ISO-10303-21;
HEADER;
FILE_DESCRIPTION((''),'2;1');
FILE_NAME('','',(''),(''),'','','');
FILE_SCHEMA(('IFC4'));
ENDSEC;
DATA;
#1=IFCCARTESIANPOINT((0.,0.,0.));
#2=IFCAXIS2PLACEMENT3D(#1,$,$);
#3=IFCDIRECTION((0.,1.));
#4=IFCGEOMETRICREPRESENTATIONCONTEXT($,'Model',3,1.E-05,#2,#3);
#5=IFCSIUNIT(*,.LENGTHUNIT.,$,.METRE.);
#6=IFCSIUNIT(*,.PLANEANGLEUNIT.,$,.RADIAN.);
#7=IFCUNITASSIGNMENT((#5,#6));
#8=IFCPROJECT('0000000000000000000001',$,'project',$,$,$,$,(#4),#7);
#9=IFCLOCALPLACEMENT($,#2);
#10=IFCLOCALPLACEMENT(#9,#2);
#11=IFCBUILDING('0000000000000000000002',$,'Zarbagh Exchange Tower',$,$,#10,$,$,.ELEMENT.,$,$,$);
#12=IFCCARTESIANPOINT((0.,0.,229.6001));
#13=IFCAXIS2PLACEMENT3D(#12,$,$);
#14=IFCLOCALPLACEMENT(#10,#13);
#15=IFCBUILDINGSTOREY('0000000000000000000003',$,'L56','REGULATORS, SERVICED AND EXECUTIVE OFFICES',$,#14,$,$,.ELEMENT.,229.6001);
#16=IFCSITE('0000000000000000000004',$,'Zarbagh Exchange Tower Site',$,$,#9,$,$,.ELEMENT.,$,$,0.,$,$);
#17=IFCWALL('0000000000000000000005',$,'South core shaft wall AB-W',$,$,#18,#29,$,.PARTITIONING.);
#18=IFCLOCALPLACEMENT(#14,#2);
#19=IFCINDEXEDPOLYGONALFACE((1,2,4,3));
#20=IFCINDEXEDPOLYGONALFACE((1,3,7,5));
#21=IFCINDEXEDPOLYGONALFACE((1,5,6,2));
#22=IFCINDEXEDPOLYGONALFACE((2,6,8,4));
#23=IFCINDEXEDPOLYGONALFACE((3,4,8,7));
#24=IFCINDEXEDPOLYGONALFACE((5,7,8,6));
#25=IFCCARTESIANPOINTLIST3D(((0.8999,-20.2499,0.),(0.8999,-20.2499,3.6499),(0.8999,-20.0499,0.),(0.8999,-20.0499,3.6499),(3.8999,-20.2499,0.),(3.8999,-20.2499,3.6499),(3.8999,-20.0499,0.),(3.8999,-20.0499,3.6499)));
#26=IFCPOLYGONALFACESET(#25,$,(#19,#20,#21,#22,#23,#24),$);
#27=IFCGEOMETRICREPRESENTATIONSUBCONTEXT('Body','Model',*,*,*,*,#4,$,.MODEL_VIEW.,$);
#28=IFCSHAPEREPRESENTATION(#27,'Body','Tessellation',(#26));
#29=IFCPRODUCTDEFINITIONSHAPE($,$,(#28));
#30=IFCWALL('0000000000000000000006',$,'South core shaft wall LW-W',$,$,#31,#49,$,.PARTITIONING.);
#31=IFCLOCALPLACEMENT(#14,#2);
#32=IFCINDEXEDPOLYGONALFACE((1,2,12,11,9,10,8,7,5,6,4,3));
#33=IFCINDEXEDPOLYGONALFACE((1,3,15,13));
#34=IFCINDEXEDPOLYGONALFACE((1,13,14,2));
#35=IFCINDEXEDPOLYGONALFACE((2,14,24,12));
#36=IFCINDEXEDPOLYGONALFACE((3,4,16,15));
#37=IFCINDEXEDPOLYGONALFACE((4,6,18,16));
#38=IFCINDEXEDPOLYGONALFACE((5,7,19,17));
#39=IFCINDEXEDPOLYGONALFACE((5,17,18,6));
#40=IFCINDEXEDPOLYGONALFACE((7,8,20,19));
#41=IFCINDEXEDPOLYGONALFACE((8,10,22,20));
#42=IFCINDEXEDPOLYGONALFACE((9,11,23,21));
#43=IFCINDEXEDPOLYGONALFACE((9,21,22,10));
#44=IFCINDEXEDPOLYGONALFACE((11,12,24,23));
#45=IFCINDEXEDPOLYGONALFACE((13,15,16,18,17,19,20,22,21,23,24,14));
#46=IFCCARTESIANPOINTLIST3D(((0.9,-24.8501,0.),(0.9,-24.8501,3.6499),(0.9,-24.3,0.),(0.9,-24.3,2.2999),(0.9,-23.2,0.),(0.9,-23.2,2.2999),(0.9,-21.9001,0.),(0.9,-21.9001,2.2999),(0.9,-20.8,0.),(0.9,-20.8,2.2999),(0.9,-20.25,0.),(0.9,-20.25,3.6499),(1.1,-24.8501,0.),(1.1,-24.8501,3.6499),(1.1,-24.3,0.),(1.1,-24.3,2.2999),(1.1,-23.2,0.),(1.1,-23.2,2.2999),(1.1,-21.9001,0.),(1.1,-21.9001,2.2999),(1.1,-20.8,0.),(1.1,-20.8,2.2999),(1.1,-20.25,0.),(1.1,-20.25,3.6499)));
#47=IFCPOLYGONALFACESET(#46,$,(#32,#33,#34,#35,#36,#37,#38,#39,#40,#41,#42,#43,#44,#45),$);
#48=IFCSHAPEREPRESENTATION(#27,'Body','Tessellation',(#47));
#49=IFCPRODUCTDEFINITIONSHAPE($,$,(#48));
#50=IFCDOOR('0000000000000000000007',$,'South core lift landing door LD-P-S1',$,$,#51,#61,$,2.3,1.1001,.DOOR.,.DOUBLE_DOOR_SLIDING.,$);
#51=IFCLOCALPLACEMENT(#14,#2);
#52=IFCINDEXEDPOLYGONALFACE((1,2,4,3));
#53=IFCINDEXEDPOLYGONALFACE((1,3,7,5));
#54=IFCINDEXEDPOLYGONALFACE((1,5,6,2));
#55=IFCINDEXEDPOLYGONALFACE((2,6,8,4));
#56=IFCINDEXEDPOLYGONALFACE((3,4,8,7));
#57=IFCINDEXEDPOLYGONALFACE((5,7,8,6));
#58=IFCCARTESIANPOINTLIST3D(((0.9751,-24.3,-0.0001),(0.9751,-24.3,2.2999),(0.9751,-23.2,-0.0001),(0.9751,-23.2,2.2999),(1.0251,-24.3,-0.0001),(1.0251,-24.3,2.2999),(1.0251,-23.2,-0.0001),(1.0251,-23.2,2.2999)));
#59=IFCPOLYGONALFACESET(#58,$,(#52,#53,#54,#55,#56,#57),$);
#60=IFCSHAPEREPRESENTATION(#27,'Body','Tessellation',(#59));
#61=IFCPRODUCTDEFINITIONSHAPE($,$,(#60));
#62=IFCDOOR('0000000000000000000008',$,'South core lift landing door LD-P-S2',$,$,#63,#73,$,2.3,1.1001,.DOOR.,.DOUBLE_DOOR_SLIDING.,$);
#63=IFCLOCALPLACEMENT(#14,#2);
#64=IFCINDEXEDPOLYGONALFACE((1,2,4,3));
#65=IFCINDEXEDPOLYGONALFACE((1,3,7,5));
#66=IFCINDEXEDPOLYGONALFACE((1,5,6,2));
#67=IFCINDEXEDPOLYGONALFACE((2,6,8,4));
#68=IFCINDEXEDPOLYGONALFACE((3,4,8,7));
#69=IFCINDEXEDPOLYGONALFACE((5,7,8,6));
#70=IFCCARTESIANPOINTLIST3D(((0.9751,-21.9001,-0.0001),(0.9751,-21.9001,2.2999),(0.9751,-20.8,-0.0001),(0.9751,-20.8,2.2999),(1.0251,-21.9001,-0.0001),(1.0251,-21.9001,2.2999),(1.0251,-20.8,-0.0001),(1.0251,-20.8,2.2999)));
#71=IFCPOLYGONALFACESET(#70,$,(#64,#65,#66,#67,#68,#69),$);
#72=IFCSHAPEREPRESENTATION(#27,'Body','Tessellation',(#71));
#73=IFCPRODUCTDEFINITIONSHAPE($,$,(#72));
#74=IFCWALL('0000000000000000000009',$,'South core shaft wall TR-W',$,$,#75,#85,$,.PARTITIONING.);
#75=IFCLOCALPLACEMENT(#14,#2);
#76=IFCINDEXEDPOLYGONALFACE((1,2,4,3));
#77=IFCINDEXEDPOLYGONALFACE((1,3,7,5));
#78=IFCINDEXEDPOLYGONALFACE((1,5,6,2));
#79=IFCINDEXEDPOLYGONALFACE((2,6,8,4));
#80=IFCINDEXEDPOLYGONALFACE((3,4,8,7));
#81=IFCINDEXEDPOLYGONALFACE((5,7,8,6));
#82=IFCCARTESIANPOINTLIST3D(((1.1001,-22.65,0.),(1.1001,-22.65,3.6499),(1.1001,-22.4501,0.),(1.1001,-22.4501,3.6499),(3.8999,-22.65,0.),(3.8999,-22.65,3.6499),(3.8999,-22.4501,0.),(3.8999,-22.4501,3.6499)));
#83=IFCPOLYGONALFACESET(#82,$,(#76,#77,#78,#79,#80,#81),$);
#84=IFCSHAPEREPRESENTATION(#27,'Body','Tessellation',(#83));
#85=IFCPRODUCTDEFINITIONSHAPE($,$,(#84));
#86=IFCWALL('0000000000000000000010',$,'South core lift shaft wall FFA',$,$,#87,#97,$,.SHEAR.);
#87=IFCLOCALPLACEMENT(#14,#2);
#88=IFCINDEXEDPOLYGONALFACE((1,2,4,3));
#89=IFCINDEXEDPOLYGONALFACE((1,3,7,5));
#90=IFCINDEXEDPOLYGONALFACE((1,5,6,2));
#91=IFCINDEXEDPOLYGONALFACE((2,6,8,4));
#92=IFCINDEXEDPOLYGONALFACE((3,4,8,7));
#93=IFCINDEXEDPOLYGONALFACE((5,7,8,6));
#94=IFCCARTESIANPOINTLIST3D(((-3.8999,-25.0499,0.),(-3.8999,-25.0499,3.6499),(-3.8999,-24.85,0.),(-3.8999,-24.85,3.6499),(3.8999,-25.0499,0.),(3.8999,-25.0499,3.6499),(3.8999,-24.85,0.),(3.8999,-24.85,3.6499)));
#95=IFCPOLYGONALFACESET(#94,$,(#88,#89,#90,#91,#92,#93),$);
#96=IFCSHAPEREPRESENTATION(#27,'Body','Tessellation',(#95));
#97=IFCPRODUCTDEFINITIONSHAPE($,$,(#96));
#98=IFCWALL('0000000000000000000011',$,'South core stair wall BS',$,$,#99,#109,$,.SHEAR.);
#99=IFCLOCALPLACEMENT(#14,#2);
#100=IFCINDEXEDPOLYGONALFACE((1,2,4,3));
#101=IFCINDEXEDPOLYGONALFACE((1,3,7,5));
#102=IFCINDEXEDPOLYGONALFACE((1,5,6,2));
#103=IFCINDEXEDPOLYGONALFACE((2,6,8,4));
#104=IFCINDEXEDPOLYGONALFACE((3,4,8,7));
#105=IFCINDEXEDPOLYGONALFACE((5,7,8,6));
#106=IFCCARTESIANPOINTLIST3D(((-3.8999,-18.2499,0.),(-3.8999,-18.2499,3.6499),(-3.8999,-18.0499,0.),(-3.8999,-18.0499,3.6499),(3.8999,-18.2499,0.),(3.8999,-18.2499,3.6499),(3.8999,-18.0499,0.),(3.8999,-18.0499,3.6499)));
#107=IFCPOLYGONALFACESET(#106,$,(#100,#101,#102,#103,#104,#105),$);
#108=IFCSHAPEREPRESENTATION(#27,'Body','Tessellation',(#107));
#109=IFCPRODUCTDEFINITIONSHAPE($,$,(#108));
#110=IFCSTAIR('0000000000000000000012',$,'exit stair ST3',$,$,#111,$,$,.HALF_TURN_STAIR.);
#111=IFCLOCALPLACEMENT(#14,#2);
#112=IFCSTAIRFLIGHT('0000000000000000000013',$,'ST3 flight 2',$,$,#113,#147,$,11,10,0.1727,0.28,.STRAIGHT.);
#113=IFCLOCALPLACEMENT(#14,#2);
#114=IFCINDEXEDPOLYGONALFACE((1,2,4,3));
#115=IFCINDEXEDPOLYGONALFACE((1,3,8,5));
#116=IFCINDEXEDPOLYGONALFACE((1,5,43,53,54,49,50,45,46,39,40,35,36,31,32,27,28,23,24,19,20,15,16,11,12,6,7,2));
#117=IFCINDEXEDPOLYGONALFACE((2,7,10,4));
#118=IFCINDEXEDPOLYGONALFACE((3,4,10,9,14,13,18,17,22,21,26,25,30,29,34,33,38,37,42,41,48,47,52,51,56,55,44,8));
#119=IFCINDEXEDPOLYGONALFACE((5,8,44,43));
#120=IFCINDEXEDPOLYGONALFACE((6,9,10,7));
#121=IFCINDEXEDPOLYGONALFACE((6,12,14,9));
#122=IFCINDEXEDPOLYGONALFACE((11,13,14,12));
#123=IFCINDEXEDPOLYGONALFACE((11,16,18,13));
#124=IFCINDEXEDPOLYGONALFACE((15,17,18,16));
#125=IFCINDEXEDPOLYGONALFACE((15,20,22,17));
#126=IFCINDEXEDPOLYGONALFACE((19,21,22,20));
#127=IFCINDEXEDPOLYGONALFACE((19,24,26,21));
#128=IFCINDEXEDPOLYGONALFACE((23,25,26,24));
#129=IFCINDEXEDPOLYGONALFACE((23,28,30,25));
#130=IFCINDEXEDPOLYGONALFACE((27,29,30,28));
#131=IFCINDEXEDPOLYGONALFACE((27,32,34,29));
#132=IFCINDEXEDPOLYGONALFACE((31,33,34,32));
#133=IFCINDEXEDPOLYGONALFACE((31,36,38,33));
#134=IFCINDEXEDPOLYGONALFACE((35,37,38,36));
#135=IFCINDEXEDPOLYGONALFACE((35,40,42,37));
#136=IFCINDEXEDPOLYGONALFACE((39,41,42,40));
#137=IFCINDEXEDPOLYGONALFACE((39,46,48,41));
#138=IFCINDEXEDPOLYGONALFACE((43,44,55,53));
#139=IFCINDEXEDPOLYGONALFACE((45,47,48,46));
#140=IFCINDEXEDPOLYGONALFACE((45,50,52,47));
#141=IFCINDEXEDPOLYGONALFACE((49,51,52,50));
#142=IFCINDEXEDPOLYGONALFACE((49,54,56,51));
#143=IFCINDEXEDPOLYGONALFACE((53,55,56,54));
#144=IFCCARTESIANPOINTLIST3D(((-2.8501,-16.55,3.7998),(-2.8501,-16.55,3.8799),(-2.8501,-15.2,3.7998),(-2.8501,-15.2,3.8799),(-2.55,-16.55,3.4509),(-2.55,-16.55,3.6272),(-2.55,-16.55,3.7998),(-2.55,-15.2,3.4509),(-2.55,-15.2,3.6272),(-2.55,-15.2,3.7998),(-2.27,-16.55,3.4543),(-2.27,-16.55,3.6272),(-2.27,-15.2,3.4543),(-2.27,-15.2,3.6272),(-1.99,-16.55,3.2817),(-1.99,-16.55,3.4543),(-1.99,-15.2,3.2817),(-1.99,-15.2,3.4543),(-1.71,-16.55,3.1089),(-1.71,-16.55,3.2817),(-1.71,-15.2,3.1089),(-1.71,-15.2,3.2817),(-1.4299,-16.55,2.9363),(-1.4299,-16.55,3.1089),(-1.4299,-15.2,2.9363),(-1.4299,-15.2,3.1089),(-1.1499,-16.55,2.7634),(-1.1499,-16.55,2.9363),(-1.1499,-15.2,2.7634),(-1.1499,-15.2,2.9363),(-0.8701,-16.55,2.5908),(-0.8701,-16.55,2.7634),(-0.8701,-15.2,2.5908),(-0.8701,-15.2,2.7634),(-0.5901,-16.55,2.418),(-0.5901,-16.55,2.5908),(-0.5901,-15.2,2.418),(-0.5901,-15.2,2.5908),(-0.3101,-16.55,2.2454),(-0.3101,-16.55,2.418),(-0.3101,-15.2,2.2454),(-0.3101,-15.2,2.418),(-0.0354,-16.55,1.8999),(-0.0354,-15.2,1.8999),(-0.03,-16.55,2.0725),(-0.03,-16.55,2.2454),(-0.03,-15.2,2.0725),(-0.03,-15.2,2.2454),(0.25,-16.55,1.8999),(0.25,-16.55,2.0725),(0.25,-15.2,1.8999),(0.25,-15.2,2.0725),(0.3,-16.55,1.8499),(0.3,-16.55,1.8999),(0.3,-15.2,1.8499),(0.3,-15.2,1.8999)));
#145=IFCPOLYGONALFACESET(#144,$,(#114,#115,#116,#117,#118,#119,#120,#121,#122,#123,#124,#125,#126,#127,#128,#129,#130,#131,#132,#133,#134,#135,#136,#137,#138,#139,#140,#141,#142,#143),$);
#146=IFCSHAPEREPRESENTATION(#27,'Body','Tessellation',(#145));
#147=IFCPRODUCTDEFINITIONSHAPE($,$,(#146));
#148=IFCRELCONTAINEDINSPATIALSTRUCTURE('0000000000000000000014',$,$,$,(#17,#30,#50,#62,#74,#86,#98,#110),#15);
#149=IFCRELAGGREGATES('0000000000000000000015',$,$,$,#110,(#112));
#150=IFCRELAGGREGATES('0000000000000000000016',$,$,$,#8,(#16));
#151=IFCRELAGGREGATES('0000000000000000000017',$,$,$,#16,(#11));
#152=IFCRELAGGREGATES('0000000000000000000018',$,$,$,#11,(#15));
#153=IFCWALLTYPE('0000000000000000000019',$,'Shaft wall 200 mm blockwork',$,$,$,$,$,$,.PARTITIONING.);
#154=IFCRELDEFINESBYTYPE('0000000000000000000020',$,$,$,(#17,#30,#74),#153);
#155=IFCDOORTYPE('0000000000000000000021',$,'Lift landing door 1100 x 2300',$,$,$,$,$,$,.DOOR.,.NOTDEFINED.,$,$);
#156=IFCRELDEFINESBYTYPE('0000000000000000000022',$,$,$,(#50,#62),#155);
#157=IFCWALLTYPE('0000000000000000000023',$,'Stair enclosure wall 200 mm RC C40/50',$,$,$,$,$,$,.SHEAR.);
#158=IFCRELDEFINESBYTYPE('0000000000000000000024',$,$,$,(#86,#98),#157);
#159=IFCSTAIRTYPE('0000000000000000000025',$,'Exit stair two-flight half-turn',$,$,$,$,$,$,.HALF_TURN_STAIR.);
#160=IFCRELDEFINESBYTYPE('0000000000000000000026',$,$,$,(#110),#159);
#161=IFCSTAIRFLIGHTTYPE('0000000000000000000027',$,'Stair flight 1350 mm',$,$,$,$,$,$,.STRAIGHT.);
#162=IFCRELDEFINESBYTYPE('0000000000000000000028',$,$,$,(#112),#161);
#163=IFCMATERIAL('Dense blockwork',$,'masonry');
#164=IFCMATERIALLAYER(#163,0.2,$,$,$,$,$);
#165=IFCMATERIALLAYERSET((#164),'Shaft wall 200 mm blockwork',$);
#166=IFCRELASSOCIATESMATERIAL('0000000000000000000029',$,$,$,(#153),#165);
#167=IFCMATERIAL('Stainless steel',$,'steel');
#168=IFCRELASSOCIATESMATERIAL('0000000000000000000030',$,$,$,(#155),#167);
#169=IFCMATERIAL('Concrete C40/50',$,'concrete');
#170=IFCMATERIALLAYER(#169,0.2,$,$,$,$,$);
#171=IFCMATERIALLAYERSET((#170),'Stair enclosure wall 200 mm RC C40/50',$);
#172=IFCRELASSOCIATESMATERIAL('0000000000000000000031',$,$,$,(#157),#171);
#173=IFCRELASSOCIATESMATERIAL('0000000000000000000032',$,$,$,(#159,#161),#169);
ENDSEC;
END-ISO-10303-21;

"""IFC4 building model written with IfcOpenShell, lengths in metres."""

from ifc_helpers import new_model, si_unit, direction, frame, frame_2d, origin, place, context, subcontext, project, spatial, polyline, rectangle, outline, extrude, material, layer, layer_set, type_object, element, fill, aggregate, save


model = new_model("IFC4")

# Units and contexts
model_context = context("Model", 3, precision=1e-05, world=origin(), true_north=direction((0.0, 1.0)))
body_context = subcontext(model_context, "Body", "Model", "MODEL_VIEW")
ifc_project = project(units=[si_unit("LENGTHUNIT", "METRE"), si_unit("PLANEANGLEUNIT", "RADIAN")], contexts=[model_context])

# Site, building, storey
site_placement = place(None, origin())
site = spatial("IfcSite", under=ifc_project, at=site_placement, Name="Zarbagh Exchange Tower Site", CompositionType="ELEMENT", RefElevation=0.0)
building_placement = place(site_placement, origin())
building = spatial("IfcBuilding", under=site, at=building_placement, Name="Zarbagh Exchange Tower", CompositionType="ELEMENT")
storey_placement = place(building_placement, frame((0.0, 0.0, 229.6001)))
storey = spatial("IfcBuildingStorey", under=building, at=storey_placement, Name="L56", Description="REGULATORS, SERVICED AND EXECUTIVE OFFICES", CompositionType="ELEMENT", Elevation=229.6001)

# Wall
ifc_material_1 = material(Name="Dense blockwork", Category="masonry")
ifc_layer_1 = layer(ifc_material_1, 0.2)
ifc_layer_set_1 = layer_set([ifc_layer_1], Name="Shaft wall 200 mm blockwork")
wall_type_1 = type_object("IfcWallType", Name="Shaft wall 200 mm blockwork", PredefinedType="PARTITIONING", material=ifc_layer_set_1)
wall_1_placement = place(storey_placement, frame((3.8999, -20.1499, 0.0), z_axis=(0.0, 0.0, 1.0), x_axis=(-1.0, 0.0, 0.0)))
element("IfcWall", 1, at=wall_1_placement, inside=storey, type_object=wall_type_1, Name="South core shaft wall AB-W", PredefinedType="PARTITIONING", context=body_context, shape_type="SweptSolid", body=[
    extrude(rectangle(XDim=3.0, YDim=0.2, at=frame_2d((1.5, 0.0))), origin(), (0.0, 0.0, 1.0), 3.6499),
])

# Wall, openings, doors
wall_2_placement = place(storey_placement, frame((1.0, -24.8501, 0.0), z_axis=(0.0, 0.0, 1.0), x_axis=(0.0, 1.0, 0.0)))
wall_2 = element("IfcWall", 2, at=wall_2_placement, inside=storey, type_object=wall_type_1, Name="South core shaft wall LW-W", PredefinedType="PARTITIONING", context=body_context, shape_type="SweptSolid", body=[
    extrude(rectangle(XDim=4.6001, YDim=0.2, at=frame_2d((2.3, 0.0))), origin(), (0.0, 0.0, 1.0), 3.6499),
])
opening_1_placement = place(wall_2_placement, frame((0.55, 0.0, 0.0)))
opening_1 = element("IfcOpeningElement", 3, at=opening_1_placement, cuts=wall_2, PredefinedType="OPENING", context=body_context, shape_type="SweptSolid", body=[
    extrude(rectangle(XDim=1.1001, YDim=2.3, at=frame_2d((0.55, 1.1499))), frame((0.0, 0.1099, 0.0), z_axis=(0.0, -1.0, 0.0), x_axis=(1.0, 0.0, 0.0)), (0.0, 0.0, 1.0), 0.22),
])
opening_2_placement = place(wall_2_placement, frame((2.95, 0.0, 0.0)))
opening_2 = element("IfcOpeningElement", 4, at=opening_2_placement, cuts=wall_2, PredefinedType="OPENING", context=body_context, shape_type="SweptSolid", body=[
    extrude(rectangle(XDim=1.1001, YDim=2.3, at=frame_2d((0.55, 1.1499))), frame((0.0, 0.1099, 0.0), z_axis=(0.0, -1.0, 0.0), x_axis=(1.0, 0.0, 0.0)), (0.0, 0.0, 1.0), 0.22),
])
ifc_material_2 = material(Name="Stainless steel", Category="steel")
door_type_1 = type_object("IfcDoorType", Name="Lift landing door 1100 x 2300", OperationType="NOTDEFINED", PredefinedType="DOOR", material=ifc_material_2)
door_1_placement = place(opening_1_placement, origin())
door_1 = element("IfcDoor", 5, at=door_1_placement, inside=storey, type_object=door_type_1, Name="South core lift landing door LD-P-S1", OperationType="DOUBLE_DOOR_SLIDING", OverallHeight=2.3, OverallWidth=1.1001, PredefinedType="DOOR", context=body_context, shape_type="SweptSolid", body=[
    extrude(rectangle(XDim=1.1001, YDim=2.3, at=frame_2d((0.55, 1.1499))), frame((0.0, 0.0249, 0.0), z_axis=(0.0, -1.0, 0.0), x_axis=(1.0, 0.0, 0.0)), (0.0, 0.0, 1.0), 0.05),
])
fill(opening_1, door_1)
door_2_placement = place(opening_2_placement, origin())
door_2 = element("IfcDoor", 6, at=door_2_placement, inside=storey, type_object=door_type_1, Name="South core lift landing door LD-P-S2", OperationType="DOUBLE_DOOR_SLIDING", OverallHeight=2.3, OverallWidth=1.1001, PredefinedType="DOOR", context=body_context, shape_type="SweptSolid", body=[
    extrude(rectangle(XDim=1.1001, YDim=2.3, at=frame_2d((0.55, 1.1499))), frame((0.0, 0.0249, 0.0), z_axis=(0.0, -1.0, 0.0), x_axis=(1.0, 0.0, 0.0)), (0.0, 0.0, 1.0), 0.05),
])
fill(opening_2, door_2)

# Walls
wall_3_placement = place(storey_placement, frame((3.8999, -22.55, 0.0), z_axis=(0.0, 0.0, 1.0), x_axis=(-1.0, 0.0, 0.0)))
element("IfcWall", 7, at=wall_3_placement, inside=storey, type_object=wall_type_1, Name="South core shaft wall TR-W", PredefinedType="PARTITIONING", context=body_context, shape_type="SweptSolid", body=[
    extrude(rectangle(XDim=2.7998, YDim=0.2, at=frame_2d((1.3999, 0.0))), origin(), (0.0, 0.0, 1.0), 3.6499),
])
ifc_material_3 = material(Name="Concrete C40/50", Category="concrete")
ifc_layer_2 = layer(ifc_material_3, 0.2)
ifc_layer_set_2 = layer_set([ifc_layer_2], Name="Stair enclosure wall 200 mm RC C40/50")
wall_type_2 = type_object("IfcWallType", Name="Stair enclosure wall 200 mm RC C40/50", PredefinedType="SHEAR", material=ifc_layer_set_2)
for number, where, z_axis, x_axis, name in (
    (8, (3.8999, -24.95, 0.0), (0.0, 0.0, 1.0), (-1.0, 0.0, 0.0), "South core lift shaft wall FFA"),
    (9, (3.8999, -18.1499, 0.0), (0.0, 0.0, 1.0), (-1.0, 0.0, 0.0), "South core stair wall BS"),
):
    element("IfcWall", number, at=place(storey_placement, frame(where, z_axis=z_axis, x_axis=x_axis)), inside=storey, type_object=wall_type_2, Name=name, PredefinedType="SHEAR", context=body_context, shape_type="SweptSolid", body=[
        extrude(rectangle(XDim=7.7998, YDim=0.2, at=frame_2d((3.8999, 0.0))), origin(), (0.0, 0.0, 1.0), 3.6499),
    ])

# Stair, stair flight
stair_type = type_object("IfcStairType", Name="Exit stair two-flight half-turn", PredefinedType="HALF_TURN_STAIR", material=ifc_material_3)
stair_1_placement = place(storey_placement, origin())
stair_1 = element("IfcStair", 10, at=stair_1_placement, inside=storey, type_object=stair_type, Name="exit stair ST3", PredefinedType="HALF_TURN_STAIR")
stair_flight_type_1 = type_object("IfcStairFlightType", Name="Stair flight 1350 mm", PredefinedType="STRAIGHT", material=ifc_material_3)
stair_flight_1_placement = place(storey_placement, frame((0.25, -15.875, 1.8999), z_axis=(0.0, 0.0, 1.0), x_axis=(-1.0, 0.0, 0.0)))
stair_flight_1 = element("IfcStairFlight", 11, at=stair_flight_1_placement, type_object=stair_flight_type_1, Name="ST3 flight 2", NumberOfRisers=11, NumberOfTreads=10, PredefinedType="STRAIGHT", RiserHeight=0.1727, TreadLength=0.28, context=body_context, shape_type="SweptSolid", body=[
    extrude(outline(polyline([(-0.05, -0.05), (-0.05, 0.0), (0.0, 0.0), (0.0, 0.1726), (0.28, 0.1726), (0.28, 0.3455), (0.5601, 0.3455), (0.5601, 0.5181), (0.8401, 0.5181), (0.8401, 0.6909), (1.1201, 0.6909), (1.1201, 0.8635), (1.3999, 0.8635), (1.3999, 1.0364), (1.6799, 1.0364), (1.6799, 1.209), (1.96, 1.209), (1.96, 1.3818), (2.24, 1.3818), (2.24, 1.5544), (2.52, 1.5544), (2.52, 1.7273), (2.8, 1.7273), (2.8, 1.8999), (3.1001, 1.98), (3.1001, 1.8999), (2.8, 1.551), (0.2854, 0.0), (-0.05, -0.05)])), frame((0.0, 0.675, 0.0), z_axis=(0.0, -1.0, 0.0), x_axis=(1.0, 0.0, 0.0)), (0.0, 0.0, 1.0), 1.3501),
])
aggregate(stair_1, [stair_flight_1])

save(model, "model.ifc")
